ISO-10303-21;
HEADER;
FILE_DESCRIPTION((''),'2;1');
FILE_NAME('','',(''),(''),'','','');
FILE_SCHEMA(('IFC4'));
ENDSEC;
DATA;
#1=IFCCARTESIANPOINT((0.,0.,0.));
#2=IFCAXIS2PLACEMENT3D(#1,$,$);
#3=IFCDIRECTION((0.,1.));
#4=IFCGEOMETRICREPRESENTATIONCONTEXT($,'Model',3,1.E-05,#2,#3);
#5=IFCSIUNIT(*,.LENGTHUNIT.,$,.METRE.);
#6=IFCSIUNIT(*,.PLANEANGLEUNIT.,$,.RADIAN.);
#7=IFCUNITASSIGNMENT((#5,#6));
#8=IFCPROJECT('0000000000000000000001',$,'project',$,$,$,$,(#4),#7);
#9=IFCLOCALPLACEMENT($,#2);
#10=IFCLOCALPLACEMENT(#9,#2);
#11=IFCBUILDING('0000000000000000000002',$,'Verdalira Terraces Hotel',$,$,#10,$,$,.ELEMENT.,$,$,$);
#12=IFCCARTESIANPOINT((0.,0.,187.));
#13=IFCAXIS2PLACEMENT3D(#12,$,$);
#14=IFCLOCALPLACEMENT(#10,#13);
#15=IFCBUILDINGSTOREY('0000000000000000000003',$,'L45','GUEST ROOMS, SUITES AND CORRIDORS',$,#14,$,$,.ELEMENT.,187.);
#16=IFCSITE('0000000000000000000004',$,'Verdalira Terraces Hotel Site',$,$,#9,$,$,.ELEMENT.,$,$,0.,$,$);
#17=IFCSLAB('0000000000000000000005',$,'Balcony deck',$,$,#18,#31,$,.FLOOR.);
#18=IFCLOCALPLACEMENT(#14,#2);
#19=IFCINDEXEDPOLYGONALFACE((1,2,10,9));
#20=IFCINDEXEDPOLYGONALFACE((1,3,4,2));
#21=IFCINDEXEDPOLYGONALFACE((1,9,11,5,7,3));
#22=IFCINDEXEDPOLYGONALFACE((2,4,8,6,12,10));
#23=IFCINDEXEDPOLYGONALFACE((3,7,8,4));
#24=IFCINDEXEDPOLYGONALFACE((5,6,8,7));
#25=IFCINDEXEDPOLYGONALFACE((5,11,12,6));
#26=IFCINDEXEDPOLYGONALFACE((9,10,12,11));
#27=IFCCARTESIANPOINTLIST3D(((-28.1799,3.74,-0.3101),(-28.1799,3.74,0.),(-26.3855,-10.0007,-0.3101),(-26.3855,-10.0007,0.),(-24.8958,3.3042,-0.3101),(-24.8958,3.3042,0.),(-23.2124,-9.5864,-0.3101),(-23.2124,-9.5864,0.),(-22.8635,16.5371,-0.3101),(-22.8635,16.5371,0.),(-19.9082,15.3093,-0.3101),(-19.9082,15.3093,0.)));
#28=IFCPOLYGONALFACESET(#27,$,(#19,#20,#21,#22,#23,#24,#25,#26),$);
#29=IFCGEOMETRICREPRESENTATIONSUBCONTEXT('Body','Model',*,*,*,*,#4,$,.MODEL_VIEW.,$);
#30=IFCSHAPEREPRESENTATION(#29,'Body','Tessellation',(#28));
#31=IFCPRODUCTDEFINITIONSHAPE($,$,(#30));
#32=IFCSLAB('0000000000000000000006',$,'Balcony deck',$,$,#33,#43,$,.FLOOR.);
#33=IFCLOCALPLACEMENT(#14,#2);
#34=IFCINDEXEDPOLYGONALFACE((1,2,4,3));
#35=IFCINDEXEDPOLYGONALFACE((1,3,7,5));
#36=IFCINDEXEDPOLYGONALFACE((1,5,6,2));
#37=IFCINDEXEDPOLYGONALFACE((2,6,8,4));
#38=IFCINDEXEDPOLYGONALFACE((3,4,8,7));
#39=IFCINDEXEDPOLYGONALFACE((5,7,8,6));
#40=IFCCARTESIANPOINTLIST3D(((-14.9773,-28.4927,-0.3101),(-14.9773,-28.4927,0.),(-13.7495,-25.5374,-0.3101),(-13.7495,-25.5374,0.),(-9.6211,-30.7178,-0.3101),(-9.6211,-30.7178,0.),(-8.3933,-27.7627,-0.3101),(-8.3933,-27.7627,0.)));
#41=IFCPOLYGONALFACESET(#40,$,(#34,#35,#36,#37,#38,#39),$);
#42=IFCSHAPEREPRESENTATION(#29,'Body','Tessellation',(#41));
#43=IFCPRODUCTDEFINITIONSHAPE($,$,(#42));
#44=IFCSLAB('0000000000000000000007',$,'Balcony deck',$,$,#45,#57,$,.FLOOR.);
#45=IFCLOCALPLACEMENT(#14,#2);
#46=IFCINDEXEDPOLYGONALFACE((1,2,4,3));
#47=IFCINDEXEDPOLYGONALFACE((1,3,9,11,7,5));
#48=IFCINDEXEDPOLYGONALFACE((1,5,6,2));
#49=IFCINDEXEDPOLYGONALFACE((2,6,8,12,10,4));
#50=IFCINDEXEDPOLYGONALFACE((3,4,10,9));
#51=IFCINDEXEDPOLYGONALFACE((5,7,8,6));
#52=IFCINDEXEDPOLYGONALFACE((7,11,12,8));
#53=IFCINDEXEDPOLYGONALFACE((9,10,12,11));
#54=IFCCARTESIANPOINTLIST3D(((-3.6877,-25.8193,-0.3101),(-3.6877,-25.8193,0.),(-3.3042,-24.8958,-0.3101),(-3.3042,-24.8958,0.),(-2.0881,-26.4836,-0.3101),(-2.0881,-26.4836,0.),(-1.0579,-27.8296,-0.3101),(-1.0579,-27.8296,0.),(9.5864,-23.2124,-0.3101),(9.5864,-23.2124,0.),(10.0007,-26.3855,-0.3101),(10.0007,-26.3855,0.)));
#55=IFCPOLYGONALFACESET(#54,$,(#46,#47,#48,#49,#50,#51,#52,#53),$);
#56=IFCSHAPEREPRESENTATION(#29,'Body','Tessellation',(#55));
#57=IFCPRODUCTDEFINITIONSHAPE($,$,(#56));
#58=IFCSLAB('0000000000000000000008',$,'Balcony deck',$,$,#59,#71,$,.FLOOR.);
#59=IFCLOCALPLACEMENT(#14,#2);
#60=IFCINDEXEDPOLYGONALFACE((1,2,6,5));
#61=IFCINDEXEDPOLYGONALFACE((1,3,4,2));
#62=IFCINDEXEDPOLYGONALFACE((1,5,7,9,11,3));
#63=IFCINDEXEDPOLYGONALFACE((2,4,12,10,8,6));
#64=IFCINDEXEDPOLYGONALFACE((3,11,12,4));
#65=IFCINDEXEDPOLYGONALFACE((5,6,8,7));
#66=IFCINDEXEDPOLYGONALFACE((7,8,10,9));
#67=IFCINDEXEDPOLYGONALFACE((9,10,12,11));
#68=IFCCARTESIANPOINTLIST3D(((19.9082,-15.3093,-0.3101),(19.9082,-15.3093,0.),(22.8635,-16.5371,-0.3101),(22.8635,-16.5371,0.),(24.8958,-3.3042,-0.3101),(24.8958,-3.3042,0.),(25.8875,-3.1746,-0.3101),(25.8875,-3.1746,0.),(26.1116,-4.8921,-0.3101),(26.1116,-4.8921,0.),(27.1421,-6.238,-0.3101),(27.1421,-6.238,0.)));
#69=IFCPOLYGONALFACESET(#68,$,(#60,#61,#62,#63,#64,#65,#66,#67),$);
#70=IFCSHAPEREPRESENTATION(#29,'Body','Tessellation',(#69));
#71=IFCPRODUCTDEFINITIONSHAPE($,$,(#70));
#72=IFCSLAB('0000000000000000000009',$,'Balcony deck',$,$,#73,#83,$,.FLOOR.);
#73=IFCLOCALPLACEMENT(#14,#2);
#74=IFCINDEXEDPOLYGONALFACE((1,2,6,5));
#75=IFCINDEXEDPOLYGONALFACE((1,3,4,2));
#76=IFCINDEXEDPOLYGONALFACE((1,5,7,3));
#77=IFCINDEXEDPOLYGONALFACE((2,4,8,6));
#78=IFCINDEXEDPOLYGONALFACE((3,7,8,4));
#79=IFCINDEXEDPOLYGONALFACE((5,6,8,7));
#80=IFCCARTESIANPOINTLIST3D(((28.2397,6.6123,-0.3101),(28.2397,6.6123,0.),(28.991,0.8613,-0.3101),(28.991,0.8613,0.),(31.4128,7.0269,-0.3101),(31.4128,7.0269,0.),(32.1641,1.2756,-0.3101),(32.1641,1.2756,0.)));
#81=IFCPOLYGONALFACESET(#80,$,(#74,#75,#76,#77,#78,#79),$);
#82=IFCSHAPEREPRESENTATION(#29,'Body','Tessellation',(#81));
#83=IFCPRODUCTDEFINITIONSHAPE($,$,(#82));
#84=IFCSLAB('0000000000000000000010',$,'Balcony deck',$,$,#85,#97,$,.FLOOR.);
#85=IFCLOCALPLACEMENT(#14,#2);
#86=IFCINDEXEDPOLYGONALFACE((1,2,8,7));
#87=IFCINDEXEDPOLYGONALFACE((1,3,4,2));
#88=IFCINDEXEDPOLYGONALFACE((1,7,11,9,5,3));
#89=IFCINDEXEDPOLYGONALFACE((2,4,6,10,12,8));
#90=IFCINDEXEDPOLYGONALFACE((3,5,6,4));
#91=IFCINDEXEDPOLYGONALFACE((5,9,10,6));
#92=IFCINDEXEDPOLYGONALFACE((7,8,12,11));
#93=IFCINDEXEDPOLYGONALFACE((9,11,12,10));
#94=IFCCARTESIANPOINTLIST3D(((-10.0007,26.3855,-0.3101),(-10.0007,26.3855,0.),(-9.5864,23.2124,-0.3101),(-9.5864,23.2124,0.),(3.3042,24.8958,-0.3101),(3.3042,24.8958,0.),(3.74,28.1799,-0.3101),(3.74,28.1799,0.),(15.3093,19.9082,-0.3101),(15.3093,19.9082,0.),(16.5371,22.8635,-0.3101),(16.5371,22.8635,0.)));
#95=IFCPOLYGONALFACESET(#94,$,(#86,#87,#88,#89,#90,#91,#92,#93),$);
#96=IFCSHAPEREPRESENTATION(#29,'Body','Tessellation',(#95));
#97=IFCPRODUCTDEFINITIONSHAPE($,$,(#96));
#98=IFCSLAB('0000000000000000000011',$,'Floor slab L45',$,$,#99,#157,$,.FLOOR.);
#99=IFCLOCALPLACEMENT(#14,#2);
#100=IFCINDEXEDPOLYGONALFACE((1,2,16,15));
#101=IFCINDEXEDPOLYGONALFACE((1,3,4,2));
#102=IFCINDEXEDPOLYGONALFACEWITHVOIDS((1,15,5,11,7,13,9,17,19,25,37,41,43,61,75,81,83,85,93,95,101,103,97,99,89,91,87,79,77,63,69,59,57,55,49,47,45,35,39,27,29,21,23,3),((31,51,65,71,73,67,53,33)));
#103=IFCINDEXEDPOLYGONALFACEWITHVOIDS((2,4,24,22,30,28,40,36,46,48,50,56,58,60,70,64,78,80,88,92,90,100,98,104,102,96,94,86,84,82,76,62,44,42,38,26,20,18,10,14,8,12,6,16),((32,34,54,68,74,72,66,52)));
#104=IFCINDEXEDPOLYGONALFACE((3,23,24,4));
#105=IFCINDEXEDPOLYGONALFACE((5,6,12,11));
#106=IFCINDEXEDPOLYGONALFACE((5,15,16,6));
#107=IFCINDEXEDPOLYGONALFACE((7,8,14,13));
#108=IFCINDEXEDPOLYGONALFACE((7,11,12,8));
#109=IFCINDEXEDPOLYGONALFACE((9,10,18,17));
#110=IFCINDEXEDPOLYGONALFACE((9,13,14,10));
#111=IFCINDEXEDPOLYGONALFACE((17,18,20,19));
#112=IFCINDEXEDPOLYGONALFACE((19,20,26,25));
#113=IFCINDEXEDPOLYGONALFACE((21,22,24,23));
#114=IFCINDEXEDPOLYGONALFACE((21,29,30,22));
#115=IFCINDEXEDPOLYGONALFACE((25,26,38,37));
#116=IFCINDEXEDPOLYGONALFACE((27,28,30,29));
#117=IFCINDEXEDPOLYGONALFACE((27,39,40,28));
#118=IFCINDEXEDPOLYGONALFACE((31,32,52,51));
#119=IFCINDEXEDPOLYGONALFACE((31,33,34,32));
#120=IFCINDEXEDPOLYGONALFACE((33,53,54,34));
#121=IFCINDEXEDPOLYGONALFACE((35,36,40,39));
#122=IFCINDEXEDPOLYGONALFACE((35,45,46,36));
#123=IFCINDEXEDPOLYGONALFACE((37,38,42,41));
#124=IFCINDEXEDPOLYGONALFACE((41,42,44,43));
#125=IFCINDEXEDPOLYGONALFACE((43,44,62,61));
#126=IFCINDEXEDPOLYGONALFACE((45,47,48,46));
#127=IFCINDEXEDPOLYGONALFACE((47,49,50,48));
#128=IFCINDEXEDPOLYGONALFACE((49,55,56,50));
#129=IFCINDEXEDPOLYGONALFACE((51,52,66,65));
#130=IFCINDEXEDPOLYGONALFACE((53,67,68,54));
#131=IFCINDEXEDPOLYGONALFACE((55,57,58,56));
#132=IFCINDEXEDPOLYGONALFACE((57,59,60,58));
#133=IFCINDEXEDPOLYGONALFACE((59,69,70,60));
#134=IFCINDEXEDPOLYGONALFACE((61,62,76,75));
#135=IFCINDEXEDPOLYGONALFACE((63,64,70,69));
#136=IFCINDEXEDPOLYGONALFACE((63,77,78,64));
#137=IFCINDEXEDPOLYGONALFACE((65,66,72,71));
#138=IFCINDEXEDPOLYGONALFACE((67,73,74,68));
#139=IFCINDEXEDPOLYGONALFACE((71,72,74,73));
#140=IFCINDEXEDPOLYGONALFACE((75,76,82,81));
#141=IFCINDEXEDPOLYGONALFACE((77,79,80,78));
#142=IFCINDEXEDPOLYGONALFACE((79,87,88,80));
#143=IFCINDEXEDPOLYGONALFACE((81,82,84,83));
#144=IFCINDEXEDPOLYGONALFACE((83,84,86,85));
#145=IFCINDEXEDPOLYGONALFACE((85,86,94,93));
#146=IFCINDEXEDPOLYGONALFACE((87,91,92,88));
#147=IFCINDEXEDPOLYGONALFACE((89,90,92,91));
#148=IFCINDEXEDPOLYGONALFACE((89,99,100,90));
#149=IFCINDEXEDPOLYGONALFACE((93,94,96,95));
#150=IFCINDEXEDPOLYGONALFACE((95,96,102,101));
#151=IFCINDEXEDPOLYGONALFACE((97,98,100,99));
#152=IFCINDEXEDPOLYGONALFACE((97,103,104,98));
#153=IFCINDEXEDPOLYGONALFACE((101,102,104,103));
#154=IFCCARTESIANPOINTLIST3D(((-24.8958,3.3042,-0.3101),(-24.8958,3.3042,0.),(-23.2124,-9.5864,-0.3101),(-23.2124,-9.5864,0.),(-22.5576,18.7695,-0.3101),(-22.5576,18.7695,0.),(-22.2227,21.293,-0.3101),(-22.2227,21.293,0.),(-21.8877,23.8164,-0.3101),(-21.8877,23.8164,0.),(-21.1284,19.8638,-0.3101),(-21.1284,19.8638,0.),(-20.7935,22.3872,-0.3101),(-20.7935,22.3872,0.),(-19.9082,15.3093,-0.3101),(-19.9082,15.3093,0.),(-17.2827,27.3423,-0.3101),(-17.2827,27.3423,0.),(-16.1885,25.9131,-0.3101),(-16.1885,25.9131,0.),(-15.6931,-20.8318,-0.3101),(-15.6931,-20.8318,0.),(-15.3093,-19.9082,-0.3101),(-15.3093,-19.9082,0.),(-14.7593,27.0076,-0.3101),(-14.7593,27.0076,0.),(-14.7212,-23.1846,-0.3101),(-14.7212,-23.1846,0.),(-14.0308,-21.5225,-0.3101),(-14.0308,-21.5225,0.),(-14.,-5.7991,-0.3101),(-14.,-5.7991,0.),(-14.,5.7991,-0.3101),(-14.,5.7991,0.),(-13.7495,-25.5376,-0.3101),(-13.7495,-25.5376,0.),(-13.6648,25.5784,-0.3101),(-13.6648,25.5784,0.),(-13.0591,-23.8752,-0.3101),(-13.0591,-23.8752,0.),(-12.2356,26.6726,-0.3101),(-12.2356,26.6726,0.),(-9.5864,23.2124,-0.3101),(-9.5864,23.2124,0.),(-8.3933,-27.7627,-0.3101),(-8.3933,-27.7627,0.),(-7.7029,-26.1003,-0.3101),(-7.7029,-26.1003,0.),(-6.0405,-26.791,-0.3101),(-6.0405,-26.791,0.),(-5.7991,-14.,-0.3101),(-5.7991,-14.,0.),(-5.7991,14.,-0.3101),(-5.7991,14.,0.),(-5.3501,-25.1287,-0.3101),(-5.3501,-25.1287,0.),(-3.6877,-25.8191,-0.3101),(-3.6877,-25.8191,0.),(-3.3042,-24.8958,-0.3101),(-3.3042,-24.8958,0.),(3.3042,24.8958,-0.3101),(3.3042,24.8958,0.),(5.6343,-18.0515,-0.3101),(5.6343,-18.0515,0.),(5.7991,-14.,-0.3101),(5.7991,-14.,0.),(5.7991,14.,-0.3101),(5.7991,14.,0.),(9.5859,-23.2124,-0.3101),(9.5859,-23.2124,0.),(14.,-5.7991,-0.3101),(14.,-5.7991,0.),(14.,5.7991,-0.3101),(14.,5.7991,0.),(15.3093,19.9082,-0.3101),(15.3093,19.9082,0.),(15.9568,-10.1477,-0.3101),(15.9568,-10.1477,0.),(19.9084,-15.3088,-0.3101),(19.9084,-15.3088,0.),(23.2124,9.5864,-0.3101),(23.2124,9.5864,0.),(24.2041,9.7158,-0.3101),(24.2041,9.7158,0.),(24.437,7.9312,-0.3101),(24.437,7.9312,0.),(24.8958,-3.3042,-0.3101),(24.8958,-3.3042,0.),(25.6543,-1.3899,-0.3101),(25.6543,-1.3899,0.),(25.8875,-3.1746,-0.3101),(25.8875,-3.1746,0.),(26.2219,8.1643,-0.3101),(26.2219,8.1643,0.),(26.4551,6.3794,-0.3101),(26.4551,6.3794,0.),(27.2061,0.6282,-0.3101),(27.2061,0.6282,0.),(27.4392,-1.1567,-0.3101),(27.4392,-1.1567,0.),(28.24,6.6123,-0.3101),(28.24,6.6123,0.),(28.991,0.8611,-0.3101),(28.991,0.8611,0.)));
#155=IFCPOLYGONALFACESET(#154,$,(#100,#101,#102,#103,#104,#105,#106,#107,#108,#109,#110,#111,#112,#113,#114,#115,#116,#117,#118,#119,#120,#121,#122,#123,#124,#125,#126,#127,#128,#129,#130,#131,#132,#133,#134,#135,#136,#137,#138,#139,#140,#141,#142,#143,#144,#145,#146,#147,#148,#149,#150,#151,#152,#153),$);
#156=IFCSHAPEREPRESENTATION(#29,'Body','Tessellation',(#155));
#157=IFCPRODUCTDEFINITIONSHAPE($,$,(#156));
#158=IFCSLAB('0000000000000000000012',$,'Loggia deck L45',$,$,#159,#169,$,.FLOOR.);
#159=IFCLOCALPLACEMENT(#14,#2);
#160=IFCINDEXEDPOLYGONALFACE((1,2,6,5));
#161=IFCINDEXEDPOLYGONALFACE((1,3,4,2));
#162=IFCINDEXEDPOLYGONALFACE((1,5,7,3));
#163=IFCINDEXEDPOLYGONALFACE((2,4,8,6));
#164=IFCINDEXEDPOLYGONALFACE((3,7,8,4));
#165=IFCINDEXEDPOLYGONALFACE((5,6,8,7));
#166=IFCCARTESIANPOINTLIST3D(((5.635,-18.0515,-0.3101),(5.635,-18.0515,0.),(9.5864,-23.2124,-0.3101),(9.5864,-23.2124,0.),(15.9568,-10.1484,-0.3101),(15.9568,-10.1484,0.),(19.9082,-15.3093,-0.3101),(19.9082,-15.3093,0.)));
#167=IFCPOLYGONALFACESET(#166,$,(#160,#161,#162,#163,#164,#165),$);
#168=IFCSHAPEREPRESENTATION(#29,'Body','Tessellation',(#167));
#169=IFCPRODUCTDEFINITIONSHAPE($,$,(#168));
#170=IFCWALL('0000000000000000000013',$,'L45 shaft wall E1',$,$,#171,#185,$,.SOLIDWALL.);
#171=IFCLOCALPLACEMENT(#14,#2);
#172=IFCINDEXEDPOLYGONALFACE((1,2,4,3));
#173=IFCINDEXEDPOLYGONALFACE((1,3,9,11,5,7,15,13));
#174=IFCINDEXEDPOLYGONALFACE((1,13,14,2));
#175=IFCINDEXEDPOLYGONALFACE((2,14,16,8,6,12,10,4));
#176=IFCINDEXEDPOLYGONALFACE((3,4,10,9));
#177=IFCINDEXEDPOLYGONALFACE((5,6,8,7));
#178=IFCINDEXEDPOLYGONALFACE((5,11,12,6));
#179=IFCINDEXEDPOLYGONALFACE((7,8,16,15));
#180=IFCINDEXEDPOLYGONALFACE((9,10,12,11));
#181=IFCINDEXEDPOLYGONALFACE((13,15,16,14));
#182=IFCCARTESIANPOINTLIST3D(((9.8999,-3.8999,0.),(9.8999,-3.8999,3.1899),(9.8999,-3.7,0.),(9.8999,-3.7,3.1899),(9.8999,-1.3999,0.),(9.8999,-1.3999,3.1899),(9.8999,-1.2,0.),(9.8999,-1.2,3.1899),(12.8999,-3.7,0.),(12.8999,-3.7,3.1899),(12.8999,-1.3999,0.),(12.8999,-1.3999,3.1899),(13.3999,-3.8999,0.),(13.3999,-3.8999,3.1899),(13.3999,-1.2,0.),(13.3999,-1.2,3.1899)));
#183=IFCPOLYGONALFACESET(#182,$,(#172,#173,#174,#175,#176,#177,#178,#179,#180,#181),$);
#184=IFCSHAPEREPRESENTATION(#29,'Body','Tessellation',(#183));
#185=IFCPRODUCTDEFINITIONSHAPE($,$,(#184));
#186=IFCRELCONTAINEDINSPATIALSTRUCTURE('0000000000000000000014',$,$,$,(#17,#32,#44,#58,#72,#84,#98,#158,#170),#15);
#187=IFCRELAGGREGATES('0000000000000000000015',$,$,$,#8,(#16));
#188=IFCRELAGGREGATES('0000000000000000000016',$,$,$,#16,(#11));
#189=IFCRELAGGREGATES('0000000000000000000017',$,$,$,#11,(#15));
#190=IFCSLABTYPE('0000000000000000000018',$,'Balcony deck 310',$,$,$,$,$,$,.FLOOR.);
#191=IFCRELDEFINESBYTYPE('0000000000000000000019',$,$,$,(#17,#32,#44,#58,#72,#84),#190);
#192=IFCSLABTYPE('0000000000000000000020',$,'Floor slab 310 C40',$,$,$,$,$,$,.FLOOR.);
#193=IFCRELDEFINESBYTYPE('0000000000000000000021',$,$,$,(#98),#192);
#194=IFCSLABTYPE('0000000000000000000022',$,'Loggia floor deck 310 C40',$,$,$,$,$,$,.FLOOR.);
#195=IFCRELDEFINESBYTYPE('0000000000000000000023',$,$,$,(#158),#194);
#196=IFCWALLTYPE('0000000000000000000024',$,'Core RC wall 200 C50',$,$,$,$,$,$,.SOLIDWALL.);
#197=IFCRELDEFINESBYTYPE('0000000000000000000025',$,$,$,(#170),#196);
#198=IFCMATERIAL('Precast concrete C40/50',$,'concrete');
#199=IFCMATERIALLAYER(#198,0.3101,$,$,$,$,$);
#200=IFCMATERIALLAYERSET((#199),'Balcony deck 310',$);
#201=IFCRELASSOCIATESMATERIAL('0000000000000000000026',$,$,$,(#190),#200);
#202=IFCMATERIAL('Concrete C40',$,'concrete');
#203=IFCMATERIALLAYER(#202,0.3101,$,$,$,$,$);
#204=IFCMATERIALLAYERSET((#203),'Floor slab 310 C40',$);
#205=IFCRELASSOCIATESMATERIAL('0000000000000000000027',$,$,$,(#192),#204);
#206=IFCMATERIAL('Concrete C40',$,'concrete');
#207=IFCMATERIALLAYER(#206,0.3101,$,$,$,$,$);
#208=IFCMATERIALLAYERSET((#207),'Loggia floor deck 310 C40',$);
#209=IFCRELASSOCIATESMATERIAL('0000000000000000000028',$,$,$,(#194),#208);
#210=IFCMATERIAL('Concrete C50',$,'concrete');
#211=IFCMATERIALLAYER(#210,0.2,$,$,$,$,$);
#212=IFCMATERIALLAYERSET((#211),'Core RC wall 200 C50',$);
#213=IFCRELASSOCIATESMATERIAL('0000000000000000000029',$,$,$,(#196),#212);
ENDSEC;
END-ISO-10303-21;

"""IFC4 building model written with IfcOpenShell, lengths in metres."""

from ifc_helpers import new_model, si_unit, direction, frame, origin, place, context, subcontext, project, spatial, polyline, outline, extrude, material, layer, layer_set, type_object, element, save


model = new_model("IFC4")

# Units and contexts
model_context = context("Model", 3, precision=1e-05, world=origin(), true_north=direction((0.0, 1.0)))
body_context = subcontext(model_context, "Body", "Model", "MODEL_VIEW")
ifc_project = project(units=[si_unit("LENGTHUNIT", "METRE"), si_unit("PLANEANGLEUNIT", "RADIAN")], contexts=[model_context])

# Site, building, storey
site_placement = place(None, origin())
site = spatial("IfcSite", under=ifc_project, at=site_placement, Name="Verdalira Terraces Hotel Site", CompositionType="ELEMENT", RefElevation=0.0)
building_placement = place(site_placement, origin())
building = spatial("IfcBuilding", under=site, at=building_placement, Name="Verdalira Terraces Hotel", CompositionType="ELEMENT")
storey_placement = place(building_placement, frame((0.0, 0.0, 187.0)))
storey = spatial("IfcBuildingStorey", under=building, at=storey_placement, Name="L45", Description="GUEST ROOMS, SUITES AND CORRIDORS", CompositionType="ELEMENT", Elevation=187.0)

# Slabs
ifc_material_1 = material(Name="Precast concrete C40/50", Category="concrete")
ifc_layer_1 = layer(ifc_material_1, 0.3101)
ifc_layer_set_1 = layer_set([ifc_layer_1], Name="Balcony deck 310")
slab_type_1 = type_object("IfcSlabType", Name="Balcony deck 310", PredefinedType="FLOOR", material=ifc_layer_set_1)
slab_1_placement = place(storey_placement, frame((0.0, 0.0, -0.3101)))
element("IfcSlab", 1, at=slab_1_placement, inside=storey, type_object=slab_type_1, Name="Balcony deck", PredefinedType="FLOOR", context=body_context, shape_type="SweptSolid", body=[
    extrude(outline(polyline([(-28.1799, 3.74), (-26.3855, -10.0007), (-23.2124, -9.5864), (-24.8958, 3.3042), (-19.9082, 15.3093), (-22.8635, 16.5371), (-28.1799, 3.74)])), origin(), (0.0, 0.0, 1.0), 0.3101),
])
slab_2_placement = place(storey_placement, frame((0.0, 0.0, -0.3101)))
element("IfcSlab", 2, at=slab_2_placement, inside=storey, type_object=slab_type_1, Name="Balcony deck", PredefinedType="FLOOR", context=body_context, shape_type="SweptSolid", body=[
    extrude(outline(polyline([(-9.6211, -30.7178), (-8.3933, -27.7627), (-13.7495, -25.5374), (-14.9773, -28.4927), (-9.6211, -30.7178)])), origin(), (0.0, 0.0, 1.0), 0.3101),
])
slab_3_placement = place(storey_placement, frame((0.0, 0.0, -0.3101)))
element("IfcSlab", 3, at=slab_3_placement, inside=storey, type_object=slab_type_1, Name="Balcony deck", PredefinedType="FLOOR", context=body_context, shape_type="SweptSolid", body=[
    extrude(outline(polyline([(10.0007, -26.3855), (9.5864, -23.2124), (-3.3042, -24.8958), (-3.6877, -25.8193), (-2.0881, -26.4836), (-1.0579, -27.8296), (10.0007, -26.3855)])), origin(), (0.0, 0.0, 1.0), 0.3101),
])
slab_4_placement = place(storey_placement, frame((0.0, 0.0, -0.3101)))
element("IfcSlab", 4, at=slab_4_placement, inside=storey, type_object=slab_type_1, Name="Balcony deck", PredefinedType="FLOOR", context=body_context, shape_type="SweptSolid", body=[
    extrude(outline(polyline([(26.1116, -4.8921), (25.8875, -3.1746), (24.8958, -3.3042), (19.9082, -15.3093), (22.8635, -16.5371), (27.1421, -6.238), (26.1116, -4.8921)])), origin(), (0.0, 0.0, 1.0), 0.3101),
])
slab_5_placement = place(storey_placement, frame((0.0, 0.0, -0.3101)))
element("IfcSlab", 5, at=slab_5_placement, inside=storey, type_object=slab_type_1, Name="Balcony deck", PredefinedType="FLOOR", context=body_context, shape_type="SweptSolid", body=[
    extrude(outline(polyline([(31.4128, 7.0269), (28.2397, 6.6123), (28.991, 0.8613), (32.1641, 1.2756), (31.4128, 7.0269)])), origin(), (0.0, 0.0, 1.0), 0.3101),
])
slab_6_placement = place(storey_placement, frame((0.0, 0.0, -0.3101)))
element("IfcSlab", 6, at=slab_6_placement, inside=storey, type_object=slab_type_1, Name="Balcony deck", PredefinedType="FLOOR", context=body_context, shape_type="SweptSolid", body=[
    extrude(outline(polyline([(-10.0007, 26.3855), (-9.5864, 23.2124), (3.3042, 24.8958), (15.3093, 19.9082), (16.5371, 22.8635), (3.74, 28.1799), (-10.0007, 26.3855)])), origin(), (0.0, 0.0, 1.0), 0.3101),
])
ifc_material_2 = material(Name="Concrete C40", Category="concrete")
ifc_layer_2 = layer(ifc_material_2, 0.3101)
ifc_layer_set_2 = layer_set([ifc_layer_2], Name="Floor slab 310 C40")
slab_type_2 = type_object("IfcSlabType", Name="Floor slab 310 C40", PredefinedType="FLOOR", material=ifc_layer_set_2)
slab_7_placement = place(storey_placement, frame((0.0, 0.0, -0.3101)))
element("IfcSlab", 7, at=slab_7_placement, inside=storey, type_object=slab_type_2, Name="Floor slab L45", PredefinedType="FLOOR", context=body_context, shape_type="SweptSolid", body=[
    extrude(outline(polyline([(-3.6877, -25.8191), (-3.3042, -24.8958), (9.5859, -23.2124), (5.6343, -18.0515), (15.9568, -10.1477), (19.9084, -15.3088), (24.8958, -3.3042), (25.8875, -3.1746), (25.6543, -1.3899), (27.4392, -1.1567), (27.2061, 0.6282), (28.991, 0.8611), (28.24, 6.6123), (26.4551, 6.3794), (26.2219, 8.1643), (24.437, 7.9312), (24.2041, 9.7158), (23.2124, 9.5864), (15.3093, 19.9082), (3.3042, 24.8958), (-9.5864, 23.2124), (-12.2356, 26.6726), (-13.6648, 25.5784), (-14.7593, 27.0076), (-16.1885, 25.9131), (-17.2827, 27.3423), (-21.8877, 23.8164), (-20.7935, 22.3872), (-22.2227, 21.293), (-21.1284, 19.8638), (-22.5576, 18.7695), (-19.9082, 15.3093), (-24.8958, 3.3042), (-23.2124, -9.5864), (-15.3093, -19.9082), (-15.6931, -20.8318), (-14.0308, -21.5225), (-14.7212, -23.1846), (-13.0591, -23.8752), (-13.7495, -25.5376), (-8.3933, -27.7627), (-7.7029, -26.1003), (-6.0405, -26.791), (-5.3501, -25.1287), (-3.6877, -25.8191)]), holes=[polyline([(5.7991, 14.0), (14.0, 5.7991), (14.0, -5.7991), (5.7991, -14.0), (-5.7991, -14.0), (-14.0, -5.7991), (-14.0, 5.7991), (-5.7991, 14.0), (5.7991, 14.0)])]), origin(), (0.0, 0.0, 1.0), 0.3101),
])
ifc_material_3 = material(Name="Concrete C40", Category="concrete")
ifc_layer_3 = layer(ifc_material_3, 0.3101)
ifc_layer_set_3 = layer_set([ifc_layer_3], Name="Loggia floor deck 310 C40")
slab_type_3 = type_object("IfcSlabType", Name="Loggia floor deck 310 C40", PredefinedType="FLOOR", material=ifc_layer_set_3)
slab_8_placement = place(storey_placement, frame((0.0, 0.0, -0.3101)))
element("IfcSlab", 8, at=slab_8_placement, inside=storey, type_object=slab_type_3, Name="Loggia deck L45", PredefinedType="FLOOR", context=body_context, shape_type="SweptSolid", body=[
    extrude(outline(polyline([(5.635, -18.0515), (9.5864, -23.2124), (19.9082, -15.3093), (15.9568, -10.1484), (5.635, -18.0515)])), origin(), (0.0, 0.0, 1.0), 0.3101),
])

# Wall
ifc_material_4 = material(Name="Concrete C50", Category="concrete")
ifc_layer_4 = layer(ifc_material_4, 0.2)
ifc_layer_set_4 = layer_set([ifc_layer_4], Name="Core RC wall 200 C50")
wall_type = type_object("IfcWallType", Name="Core RC wall 200 C50", PredefinedType="SOLIDWALL", material=ifc_layer_set_4)
wall_1_placement = place(storey_placement, origin())
element("IfcWall", 9, at=wall_1_placement, inside=storey, type_object=wall_type, Name="L45 shaft wall E1", PredefinedType="SOLIDWALL", context=body_context, shape_type="SweptSolid", body=[
    extrude(outline(polyline([(13.3999, -3.8999), (9.8999, -3.8999), (9.8999, -3.7), (12.8999, -3.7), (12.8999, -1.3999), (9.8999, -1.3999), (9.8999, -1.2), (13.3999, -1.2), (13.3999, -3.8999)])), origin(), (0.0, 0.0, 1.0), 3.1899),
])

save(model, "model.ifc")
